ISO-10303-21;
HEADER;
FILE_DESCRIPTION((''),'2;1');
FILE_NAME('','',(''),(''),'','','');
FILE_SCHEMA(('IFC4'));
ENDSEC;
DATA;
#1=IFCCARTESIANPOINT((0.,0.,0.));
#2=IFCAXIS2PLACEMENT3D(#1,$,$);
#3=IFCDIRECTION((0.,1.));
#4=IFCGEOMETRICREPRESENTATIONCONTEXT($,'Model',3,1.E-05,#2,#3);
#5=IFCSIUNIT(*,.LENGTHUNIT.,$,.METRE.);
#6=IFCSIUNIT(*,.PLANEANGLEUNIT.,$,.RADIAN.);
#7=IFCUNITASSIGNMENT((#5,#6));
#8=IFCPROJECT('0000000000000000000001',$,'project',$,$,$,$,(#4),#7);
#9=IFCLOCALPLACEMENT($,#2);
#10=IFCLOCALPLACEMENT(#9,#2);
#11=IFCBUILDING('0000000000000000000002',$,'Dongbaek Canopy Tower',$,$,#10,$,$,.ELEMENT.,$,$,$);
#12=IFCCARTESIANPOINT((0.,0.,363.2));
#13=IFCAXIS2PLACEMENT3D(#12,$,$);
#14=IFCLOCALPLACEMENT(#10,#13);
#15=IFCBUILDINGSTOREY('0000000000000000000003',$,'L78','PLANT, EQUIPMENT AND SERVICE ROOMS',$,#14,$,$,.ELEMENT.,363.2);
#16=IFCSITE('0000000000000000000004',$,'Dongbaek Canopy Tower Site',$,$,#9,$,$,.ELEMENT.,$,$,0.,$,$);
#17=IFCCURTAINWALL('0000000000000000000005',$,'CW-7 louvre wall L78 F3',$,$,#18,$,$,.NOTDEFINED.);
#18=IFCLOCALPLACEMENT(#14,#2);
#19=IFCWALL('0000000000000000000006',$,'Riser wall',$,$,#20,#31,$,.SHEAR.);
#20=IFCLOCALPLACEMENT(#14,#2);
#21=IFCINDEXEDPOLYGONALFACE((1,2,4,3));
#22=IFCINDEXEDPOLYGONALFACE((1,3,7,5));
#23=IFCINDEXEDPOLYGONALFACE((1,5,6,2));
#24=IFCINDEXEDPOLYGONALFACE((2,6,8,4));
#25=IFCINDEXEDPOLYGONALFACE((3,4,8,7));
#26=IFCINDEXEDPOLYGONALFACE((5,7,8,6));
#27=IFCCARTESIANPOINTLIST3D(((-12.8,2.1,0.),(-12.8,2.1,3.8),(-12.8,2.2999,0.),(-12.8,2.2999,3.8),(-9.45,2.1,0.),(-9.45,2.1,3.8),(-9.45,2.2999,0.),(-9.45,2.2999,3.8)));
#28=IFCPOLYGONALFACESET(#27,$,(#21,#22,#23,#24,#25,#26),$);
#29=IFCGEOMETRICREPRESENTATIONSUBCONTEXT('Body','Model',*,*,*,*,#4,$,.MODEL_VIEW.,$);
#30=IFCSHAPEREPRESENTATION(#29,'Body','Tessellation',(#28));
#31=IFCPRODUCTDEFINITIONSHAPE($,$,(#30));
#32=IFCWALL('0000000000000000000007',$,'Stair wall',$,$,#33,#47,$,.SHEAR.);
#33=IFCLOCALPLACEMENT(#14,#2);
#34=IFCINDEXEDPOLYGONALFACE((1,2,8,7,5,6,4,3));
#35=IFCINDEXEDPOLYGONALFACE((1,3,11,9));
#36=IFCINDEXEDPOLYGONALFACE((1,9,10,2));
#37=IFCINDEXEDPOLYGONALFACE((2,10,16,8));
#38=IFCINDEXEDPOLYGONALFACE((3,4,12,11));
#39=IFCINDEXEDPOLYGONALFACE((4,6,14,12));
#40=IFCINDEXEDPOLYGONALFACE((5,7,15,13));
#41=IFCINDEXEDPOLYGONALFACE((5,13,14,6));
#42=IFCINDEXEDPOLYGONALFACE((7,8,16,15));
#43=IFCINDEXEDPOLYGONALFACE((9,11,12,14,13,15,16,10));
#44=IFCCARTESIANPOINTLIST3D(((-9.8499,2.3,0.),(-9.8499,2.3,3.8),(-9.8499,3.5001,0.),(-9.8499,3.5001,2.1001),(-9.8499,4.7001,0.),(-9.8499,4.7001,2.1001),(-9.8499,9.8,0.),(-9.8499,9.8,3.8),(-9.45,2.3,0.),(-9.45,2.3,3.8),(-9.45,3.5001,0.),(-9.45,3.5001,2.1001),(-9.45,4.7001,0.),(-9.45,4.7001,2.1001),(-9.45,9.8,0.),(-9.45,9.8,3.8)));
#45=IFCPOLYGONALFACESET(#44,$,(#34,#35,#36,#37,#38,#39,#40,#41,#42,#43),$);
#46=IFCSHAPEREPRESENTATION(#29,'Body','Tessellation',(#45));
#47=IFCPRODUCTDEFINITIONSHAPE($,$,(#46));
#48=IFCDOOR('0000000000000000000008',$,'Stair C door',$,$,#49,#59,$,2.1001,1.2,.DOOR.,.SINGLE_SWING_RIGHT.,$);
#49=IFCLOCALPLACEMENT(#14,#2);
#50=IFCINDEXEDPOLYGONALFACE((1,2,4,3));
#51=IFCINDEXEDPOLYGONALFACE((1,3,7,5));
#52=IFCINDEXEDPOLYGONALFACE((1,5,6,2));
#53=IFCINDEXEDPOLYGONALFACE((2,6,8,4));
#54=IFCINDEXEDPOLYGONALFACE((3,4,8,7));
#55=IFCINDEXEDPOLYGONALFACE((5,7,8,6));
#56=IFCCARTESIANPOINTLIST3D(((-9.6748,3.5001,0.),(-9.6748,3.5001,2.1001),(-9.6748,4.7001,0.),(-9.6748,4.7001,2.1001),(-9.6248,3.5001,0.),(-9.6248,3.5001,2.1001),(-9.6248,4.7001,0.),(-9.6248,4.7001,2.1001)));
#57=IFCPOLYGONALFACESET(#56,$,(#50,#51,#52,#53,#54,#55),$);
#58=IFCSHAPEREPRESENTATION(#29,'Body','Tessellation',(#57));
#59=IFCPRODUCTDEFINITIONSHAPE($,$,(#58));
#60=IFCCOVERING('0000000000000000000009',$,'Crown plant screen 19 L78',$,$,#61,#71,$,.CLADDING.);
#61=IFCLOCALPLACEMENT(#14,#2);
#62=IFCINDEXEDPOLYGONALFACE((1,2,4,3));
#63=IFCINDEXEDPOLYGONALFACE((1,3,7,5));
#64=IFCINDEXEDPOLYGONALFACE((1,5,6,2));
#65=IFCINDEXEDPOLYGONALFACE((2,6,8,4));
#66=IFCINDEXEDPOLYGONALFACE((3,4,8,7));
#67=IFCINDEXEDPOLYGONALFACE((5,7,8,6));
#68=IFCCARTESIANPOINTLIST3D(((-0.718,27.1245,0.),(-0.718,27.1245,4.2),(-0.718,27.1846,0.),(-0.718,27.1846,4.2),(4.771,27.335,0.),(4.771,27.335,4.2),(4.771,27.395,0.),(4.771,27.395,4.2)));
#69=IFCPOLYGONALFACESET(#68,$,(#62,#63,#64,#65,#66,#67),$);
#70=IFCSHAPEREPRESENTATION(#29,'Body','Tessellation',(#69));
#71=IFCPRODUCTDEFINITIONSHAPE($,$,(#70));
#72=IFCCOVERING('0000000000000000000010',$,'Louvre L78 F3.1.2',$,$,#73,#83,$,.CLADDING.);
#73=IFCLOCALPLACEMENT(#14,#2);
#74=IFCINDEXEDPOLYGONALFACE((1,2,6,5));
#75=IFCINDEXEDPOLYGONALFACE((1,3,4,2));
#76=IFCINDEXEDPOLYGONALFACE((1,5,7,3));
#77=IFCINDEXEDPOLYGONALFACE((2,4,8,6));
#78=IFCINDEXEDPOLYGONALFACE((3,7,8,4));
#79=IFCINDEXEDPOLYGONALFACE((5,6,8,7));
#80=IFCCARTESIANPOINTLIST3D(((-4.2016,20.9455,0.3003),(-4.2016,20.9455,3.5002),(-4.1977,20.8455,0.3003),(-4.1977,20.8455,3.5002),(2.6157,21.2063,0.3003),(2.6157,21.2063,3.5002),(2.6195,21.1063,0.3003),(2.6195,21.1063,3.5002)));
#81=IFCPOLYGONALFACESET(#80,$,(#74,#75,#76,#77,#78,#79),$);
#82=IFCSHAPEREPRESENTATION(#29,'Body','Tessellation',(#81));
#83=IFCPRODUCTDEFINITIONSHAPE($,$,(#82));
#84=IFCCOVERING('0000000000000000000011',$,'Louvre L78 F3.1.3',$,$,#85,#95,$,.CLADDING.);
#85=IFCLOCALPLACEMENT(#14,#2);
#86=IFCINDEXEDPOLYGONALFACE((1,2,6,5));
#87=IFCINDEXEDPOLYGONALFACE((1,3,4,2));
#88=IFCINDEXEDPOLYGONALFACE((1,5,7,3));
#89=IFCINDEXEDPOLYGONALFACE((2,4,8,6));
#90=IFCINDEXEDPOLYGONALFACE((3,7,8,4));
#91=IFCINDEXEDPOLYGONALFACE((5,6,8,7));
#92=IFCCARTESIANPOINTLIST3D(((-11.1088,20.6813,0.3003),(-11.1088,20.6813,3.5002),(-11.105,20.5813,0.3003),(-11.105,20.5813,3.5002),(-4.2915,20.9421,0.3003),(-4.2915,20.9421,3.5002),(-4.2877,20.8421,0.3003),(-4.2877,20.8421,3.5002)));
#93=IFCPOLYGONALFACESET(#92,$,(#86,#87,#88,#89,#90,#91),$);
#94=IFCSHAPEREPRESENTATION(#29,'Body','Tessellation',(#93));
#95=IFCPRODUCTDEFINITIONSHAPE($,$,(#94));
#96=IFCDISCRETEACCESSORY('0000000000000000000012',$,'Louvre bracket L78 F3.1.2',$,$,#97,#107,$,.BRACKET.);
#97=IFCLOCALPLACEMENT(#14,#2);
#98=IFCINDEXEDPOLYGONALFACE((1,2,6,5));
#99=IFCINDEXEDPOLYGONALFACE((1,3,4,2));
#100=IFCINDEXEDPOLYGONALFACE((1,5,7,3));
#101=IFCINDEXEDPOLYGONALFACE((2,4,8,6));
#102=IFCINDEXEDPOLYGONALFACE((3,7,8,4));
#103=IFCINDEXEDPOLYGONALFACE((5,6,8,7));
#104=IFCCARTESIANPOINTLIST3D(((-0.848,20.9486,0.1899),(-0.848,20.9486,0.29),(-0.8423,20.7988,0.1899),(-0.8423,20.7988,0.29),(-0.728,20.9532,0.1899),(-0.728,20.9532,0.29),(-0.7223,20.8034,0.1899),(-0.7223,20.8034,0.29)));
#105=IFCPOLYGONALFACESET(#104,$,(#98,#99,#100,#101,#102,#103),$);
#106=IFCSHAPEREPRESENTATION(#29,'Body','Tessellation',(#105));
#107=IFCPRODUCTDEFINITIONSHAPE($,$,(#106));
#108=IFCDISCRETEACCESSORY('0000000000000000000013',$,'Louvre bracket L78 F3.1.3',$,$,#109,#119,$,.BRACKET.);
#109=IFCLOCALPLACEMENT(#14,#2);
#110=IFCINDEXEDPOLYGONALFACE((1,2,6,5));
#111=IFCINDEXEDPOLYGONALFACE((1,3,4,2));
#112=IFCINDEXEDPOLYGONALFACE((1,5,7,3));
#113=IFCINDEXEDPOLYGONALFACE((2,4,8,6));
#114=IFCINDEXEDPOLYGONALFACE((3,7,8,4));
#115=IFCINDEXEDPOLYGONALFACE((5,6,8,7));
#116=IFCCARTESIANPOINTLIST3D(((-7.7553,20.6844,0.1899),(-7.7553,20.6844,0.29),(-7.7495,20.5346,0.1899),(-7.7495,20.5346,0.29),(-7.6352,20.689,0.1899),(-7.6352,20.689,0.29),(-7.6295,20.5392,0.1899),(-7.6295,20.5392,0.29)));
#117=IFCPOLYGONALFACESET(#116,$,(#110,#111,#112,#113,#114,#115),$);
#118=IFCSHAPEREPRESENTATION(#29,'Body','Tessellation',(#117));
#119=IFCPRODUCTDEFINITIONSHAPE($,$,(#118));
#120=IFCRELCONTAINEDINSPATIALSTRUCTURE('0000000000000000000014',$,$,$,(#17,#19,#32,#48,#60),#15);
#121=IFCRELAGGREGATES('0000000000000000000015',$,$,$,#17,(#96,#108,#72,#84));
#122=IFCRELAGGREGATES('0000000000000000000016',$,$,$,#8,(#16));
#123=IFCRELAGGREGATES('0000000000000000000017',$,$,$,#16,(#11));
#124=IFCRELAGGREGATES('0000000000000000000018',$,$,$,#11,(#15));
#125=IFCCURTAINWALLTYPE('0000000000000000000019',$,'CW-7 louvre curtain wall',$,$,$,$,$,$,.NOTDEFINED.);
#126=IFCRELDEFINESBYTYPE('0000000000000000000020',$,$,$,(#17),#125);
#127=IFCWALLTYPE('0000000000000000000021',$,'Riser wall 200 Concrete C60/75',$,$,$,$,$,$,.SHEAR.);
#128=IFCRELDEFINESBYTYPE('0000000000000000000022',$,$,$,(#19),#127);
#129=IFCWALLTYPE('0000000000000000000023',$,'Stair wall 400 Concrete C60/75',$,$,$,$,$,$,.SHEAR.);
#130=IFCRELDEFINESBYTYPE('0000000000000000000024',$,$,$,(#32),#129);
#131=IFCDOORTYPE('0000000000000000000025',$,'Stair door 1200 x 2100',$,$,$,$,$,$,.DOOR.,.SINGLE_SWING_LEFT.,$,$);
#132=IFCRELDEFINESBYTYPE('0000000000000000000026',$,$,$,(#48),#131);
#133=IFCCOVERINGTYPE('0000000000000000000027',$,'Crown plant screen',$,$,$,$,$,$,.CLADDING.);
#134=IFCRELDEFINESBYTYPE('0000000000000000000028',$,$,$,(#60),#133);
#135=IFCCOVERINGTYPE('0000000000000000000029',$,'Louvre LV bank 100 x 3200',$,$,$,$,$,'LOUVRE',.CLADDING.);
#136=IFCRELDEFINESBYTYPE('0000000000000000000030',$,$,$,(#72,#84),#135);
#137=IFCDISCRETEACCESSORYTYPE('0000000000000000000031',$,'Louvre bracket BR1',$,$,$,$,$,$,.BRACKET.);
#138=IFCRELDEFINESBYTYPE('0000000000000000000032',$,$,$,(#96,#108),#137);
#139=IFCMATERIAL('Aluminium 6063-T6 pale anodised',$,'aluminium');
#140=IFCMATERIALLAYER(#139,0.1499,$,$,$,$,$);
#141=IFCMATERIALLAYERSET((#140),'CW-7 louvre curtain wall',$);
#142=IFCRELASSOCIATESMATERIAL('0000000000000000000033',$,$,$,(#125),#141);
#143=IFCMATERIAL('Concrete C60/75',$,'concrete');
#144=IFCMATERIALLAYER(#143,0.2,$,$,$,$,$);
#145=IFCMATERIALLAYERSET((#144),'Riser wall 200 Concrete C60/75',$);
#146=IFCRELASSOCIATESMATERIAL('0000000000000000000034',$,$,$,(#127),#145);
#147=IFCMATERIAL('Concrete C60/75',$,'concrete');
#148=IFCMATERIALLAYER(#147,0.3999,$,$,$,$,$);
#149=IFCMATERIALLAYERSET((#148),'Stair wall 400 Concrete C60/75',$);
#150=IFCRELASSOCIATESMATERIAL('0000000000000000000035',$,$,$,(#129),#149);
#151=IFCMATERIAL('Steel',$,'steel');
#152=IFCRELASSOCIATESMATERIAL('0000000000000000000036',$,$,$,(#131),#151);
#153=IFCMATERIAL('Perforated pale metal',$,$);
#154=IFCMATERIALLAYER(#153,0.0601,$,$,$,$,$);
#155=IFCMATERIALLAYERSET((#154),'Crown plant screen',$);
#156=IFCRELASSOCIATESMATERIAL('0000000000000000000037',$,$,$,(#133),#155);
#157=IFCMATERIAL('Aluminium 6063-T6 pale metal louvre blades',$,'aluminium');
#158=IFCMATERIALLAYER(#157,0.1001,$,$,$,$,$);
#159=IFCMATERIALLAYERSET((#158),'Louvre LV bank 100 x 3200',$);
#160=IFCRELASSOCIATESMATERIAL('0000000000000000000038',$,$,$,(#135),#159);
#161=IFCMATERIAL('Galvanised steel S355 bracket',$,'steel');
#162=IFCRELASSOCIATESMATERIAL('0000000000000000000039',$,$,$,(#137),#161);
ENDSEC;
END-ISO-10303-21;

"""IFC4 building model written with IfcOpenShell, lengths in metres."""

from ifc_helpers import new_model, si_unit, direction, frame, frame_2d, origin, origin_2d, place, context, subcontext, project, spatial, polyline, rectangle, outline, extrude, material, layer, layer_set, type_object, element, fill, aggregate, save


model = new_model("IFC4")

# Units and contexts
model_context = context("Model", 3, precision=1e-05, world=origin(), true_north=direction((0.0, 1.0)))
body_context = subcontext(model_context, "Body", "Model", "MODEL_VIEW")
ifc_project = project(units=[si_unit("LENGTHUNIT", "METRE"), si_unit("PLANEANGLEUNIT", "RADIAN")], contexts=[model_context])

# Site, building, storey
site_placement = place(None, origin())
site = spatial("IfcSite", under=ifc_project, at=site_placement, Name="Dongbaek Canopy Tower Site", CompositionType="ELEMENT", RefElevation=0.0)
building_placement = place(site_placement, origin())
building = spatial("IfcBuilding", under=site, at=building_placement, Name="Dongbaek Canopy Tower", CompositionType="ELEMENT")
storey_placement = place(building_placement, frame((0.0, 0.0, 363.2)))
storey = spatial("IfcBuildingStorey", under=building, at=storey_placement, Name="L78", Description="PLANT, EQUIPMENT AND SERVICE ROOMS", CompositionType="ELEMENT", Elevation=363.2)

# Curtain wall
ifc_material_1 = material(Name="Aluminium 6063-T6 pale anodised", Category="aluminium")
ifc_layer_1 = layer(ifc_material_1, 0.1499)
ifc_layer_set_1 = layer_set([ifc_layer_1], Name="CW-7 louvre curtain wall")
curtain_wall_type = type_object("IfcCurtainWallType", Name="CW-7 louvre curtain wall", PredefinedType="NOTDEFINED", material=ifc_layer_set_1)
curtain_wall_placement = place(storey_placement, origin())
curtain_wall = element("IfcCurtainWall", 1, at=curtain_wall_placement, inside=storey, type_object=curtain_wall_type, Name="CW-7 louvre wall L78 F3", PredefinedType="NOTDEFINED")

# Wall
ifc_material_2 = material(Name="Concrete C60/75", Category="concrete")
ifc_layer_2 = layer(ifc_material_2, 0.2)
ifc_layer_set_2 = layer_set([ifc_layer_2], Name="Riser wall 200 Concrete C60/75")
wall_type_1 = type_object("IfcWallType", Name="Riser wall 200 Concrete C60/75", PredefinedType="SHEAR", material=ifc_layer_set_2)
wall_1_placement = place(storey_placement, frame((-9.45, 2.2, 0.0), z_axis=(0.0, 0.0, 1.0), x_axis=(-1.0, 0.0, 0.0)))
element("IfcWall", 2, at=wall_1_placement, inside=storey, type_object=wall_type_1, Name="Riser wall", PredefinedType="SHEAR", context=body_context, shape_type="SweptSolid", body=[
    extrude(rectangle(XDim=3.3501, YDim=0.2, at=frame_2d((1.675, 0.0))), origin(), (0.0, 0.0, 1.0), 3.8),
])

# Wall, opening, door
ifc_material_3 = material(Name="Concrete C60/75", Category="concrete")
ifc_layer_3 = layer(ifc_material_3, 0.3999)
ifc_layer_set_3 = layer_set([ifc_layer_3], Name="Stair wall 400 Concrete C60/75")
wall_type_2 = type_object("IfcWallType", Name="Stair wall 400 Concrete C60/75", PredefinedType="SHEAR", material=ifc_layer_set_3)
wall_2_placement = place(storey_placement, frame((-9.6499, 2.3, 0.0), z_axis=(0.0, 0.0, 1.0), x_axis=(0.0, 1.0, 0.0)))
wall_2 = element("IfcWall", 3, at=wall_2_placement, inside=storey, type_object=wall_type_2, Name="Stair wall", PredefinedType="SHEAR", context=body_context, shape_type="SweptSolid", body=[
    extrude(rectangle(XDim=7.5, YDim=0.3999, at=frame_2d((3.75, 0.0))), origin(), (0.0, 0.0, 1.0), 3.8),
])
opening_1_placement = place(wall_2_placement, frame((1.2, 0.0, 0.0)))
opening_1 = element("IfcOpeningElement", 4, at=opening_1_placement, cuts=wall_2, PredefinedType="OPENING", context=body_context, shape_type="SweptSolid", body=[
    extrude(rectangle(XDim=1.2, YDim=2.1001, at=frame_2d((0.6001, 1.05))), frame((0.0, 0.21, 0.0), z_axis=(0.0, -1.0, 0.0), x_axis=(1.0, 0.0, 0.0)), (0.0, 0.0, 1.0), 0.4199),
])
ifc_material_4 = material(Name="Steel", Category="steel")
door_type_1 = type_object("IfcDoorType", Name="Stair door 1200 x 2100", OperationType="SINGLE_SWING_LEFT", PredefinedType="DOOR", material=ifc_material_4)
door_1_placement = place(opening_1_placement, origin())
door_1 = element("IfcDoor", 5, at=door_1_placement, inside=storey, type_object=door_type_1, Name="Stair C door", OperationType="SINGLE_SWING_RIGHT", OverallHeight=2.1001, OverallWidth=1.2, PredefinedType="DOOR", context=body_context, shape_type="SweptSolid", body=[
    extrude(rectangle(XDim=1.2, YDim=2.1001, at=frame_2d((0.6001, 1.05))), frame((0.0, 0.0249, 0.0), z_axis=(0.0, -1.0, 0.0), x_axis=(1.0, 0.0, 0.0)), (0.0, 0.0, 1.0), 0.05),
])
fill(opening_1, door_1)

# Coverings
ifc_material_5 = material(Name="Perforated pale metal")
ifc_layer_4 = layer(ifc_material_5, 0.0601)
ifc_layer_set_4 = layer_set([ifc_layer_4], Name="Crown plant screen")
covering_type_1 = type_object("IfcCoveringType", Name="Crown plant screen", PredefinedType="CLADDING", material=ifc_layer_set_4)
covering_1_placement = place(storey_placement, origin())
element("IfcCovering", 6, at=covering_1_placement, inside=storey, type_object=covering_type_1, Name="Crown plant screen 19 L78", PredefinedType="CLADDING", context=body_context, shape_type="SweptSolid", body=[
    extrude(outline(polyline([(4.771, 27.395), (4.771, 27.335), (-0.718, 27.1245), (-0.718, 27.1846), (4.771, 27.395)])), origin(), (0.0, 0.0, 1.0), 4.2),
])
ifc_material_6 = material(Name="Aluminium 6063-T6 pale metal louvre blades", Category="aluminium")
ifc_layer_5 = layer(ifc_material_6, 0.1001)
ifc_layer_set_5 = layer_set([ifc_layer_5], Name="Louvre LV bank 100 x 3200")
covering_type_2 = type_object("IfcCoveringType", Name="Louvre LV bank 100 x 3200", ElementType="LOUVRE", PredefinedType="CLADDING", material=ifc_layer_set_5)
covering_2_placement = place(storey_placement, frame((-0.791, 21.0259, 0.3003), z_axis=(0.0, 0.0, 1.0), x_axis=(-0.999269, -0.038232, 0.0)))
covering_2 = element("IfcCovering", 7, at=covering_2_placement, type_object=covering_type_2, Name="Louvre L78 F3.1.2", PredefinedType="CLADDING", context=body_context, shape_type="SweptSolid", body=[
    extrude(rectangle(XDim=6.8223, YDim=0.1001, at=origin_2d()), origin(), (0.0, 0.0, 1.0), 3.2),
])
covering_3_placement = place(storey_placement, frame((-7.6982, 20.7617, 0.3003), z_axis=(0.0, 0.0, 1.0), x_axis=(-0.999269, -0.038232, 0.0)))
covering_3 = element("IfcCovering", 8, at=covering_3_placement, type_object=covering_type_2, Name="Louvre L78 F3.1.3", PredefinedType="CLADDING", context=body_context, shape_type="SweptSolid", body=[
    extrude(rectangle(XDim=6.8223, YDim=0.1001, at=origin_2d()), origin(), (0.0, 0.0, 1.0), 3.2),
])

# Discrete accessories
ifc_material_7 = material(Name="Galvanised steel S355 bracket", Category="steel")
discrete_accessory_type = type_object("IfcDiscreteAccessoryType", Name="Louvre bracket BR1", PredefinedType="BRACKET", material=ifc_material_7)
discrete_accessory_1_placement = place(storey_placement, frame((-0.7852, 20.876, 0.1899), z_axis=(0.0, 0.0, 1.0), x_axis=(-0.999269, -0.038232, 0.0)))
discrete_accessory_1 = element("IfcDiscreteAccessory", 9, at=discrete_accessory_1_placement, type_object=discrete_accessory_type, Name="Louvre bracket L78 F3.1.2", PredefinedType="BRACKET", context=body_context, shape_type="SweptSolid", body=[
    extrude(rectangle(XDim=0.1201, YDim=0.1499, at=origin_2d()), origin(), (0.0, 0.0, 1.0), 0.1001),
])
discrete_accessory_2_placement = place(storey_placement, frame((-7.6924, 20.6118, 0.1899), z_axis=(0.0, 0.0, 1.0), x_axis=(-0.999269, -0.038232, 0.0)))
discrete_accessory_2 = element("IfcDiscreteAccessory", 10, at=discrete_accessory_2_placement, type_object=discrete_accessory_type, Name="Louvre bracket L78 F3.1.3", PredefinedType="BRACKET", context=body_context, shape_type="SweptSolid", body=[
    extrude(rectangle(XDim=0.1201, YDim=0.1499, at=origin_2d()), origin(), (0.0, 0.0, 1.0), 0.1001),
])
aggregate(curtain_wall, [discrete_accessory_1, discrete_accessory_2, covering_2, covering_3])

save(model, "model.ifc")
